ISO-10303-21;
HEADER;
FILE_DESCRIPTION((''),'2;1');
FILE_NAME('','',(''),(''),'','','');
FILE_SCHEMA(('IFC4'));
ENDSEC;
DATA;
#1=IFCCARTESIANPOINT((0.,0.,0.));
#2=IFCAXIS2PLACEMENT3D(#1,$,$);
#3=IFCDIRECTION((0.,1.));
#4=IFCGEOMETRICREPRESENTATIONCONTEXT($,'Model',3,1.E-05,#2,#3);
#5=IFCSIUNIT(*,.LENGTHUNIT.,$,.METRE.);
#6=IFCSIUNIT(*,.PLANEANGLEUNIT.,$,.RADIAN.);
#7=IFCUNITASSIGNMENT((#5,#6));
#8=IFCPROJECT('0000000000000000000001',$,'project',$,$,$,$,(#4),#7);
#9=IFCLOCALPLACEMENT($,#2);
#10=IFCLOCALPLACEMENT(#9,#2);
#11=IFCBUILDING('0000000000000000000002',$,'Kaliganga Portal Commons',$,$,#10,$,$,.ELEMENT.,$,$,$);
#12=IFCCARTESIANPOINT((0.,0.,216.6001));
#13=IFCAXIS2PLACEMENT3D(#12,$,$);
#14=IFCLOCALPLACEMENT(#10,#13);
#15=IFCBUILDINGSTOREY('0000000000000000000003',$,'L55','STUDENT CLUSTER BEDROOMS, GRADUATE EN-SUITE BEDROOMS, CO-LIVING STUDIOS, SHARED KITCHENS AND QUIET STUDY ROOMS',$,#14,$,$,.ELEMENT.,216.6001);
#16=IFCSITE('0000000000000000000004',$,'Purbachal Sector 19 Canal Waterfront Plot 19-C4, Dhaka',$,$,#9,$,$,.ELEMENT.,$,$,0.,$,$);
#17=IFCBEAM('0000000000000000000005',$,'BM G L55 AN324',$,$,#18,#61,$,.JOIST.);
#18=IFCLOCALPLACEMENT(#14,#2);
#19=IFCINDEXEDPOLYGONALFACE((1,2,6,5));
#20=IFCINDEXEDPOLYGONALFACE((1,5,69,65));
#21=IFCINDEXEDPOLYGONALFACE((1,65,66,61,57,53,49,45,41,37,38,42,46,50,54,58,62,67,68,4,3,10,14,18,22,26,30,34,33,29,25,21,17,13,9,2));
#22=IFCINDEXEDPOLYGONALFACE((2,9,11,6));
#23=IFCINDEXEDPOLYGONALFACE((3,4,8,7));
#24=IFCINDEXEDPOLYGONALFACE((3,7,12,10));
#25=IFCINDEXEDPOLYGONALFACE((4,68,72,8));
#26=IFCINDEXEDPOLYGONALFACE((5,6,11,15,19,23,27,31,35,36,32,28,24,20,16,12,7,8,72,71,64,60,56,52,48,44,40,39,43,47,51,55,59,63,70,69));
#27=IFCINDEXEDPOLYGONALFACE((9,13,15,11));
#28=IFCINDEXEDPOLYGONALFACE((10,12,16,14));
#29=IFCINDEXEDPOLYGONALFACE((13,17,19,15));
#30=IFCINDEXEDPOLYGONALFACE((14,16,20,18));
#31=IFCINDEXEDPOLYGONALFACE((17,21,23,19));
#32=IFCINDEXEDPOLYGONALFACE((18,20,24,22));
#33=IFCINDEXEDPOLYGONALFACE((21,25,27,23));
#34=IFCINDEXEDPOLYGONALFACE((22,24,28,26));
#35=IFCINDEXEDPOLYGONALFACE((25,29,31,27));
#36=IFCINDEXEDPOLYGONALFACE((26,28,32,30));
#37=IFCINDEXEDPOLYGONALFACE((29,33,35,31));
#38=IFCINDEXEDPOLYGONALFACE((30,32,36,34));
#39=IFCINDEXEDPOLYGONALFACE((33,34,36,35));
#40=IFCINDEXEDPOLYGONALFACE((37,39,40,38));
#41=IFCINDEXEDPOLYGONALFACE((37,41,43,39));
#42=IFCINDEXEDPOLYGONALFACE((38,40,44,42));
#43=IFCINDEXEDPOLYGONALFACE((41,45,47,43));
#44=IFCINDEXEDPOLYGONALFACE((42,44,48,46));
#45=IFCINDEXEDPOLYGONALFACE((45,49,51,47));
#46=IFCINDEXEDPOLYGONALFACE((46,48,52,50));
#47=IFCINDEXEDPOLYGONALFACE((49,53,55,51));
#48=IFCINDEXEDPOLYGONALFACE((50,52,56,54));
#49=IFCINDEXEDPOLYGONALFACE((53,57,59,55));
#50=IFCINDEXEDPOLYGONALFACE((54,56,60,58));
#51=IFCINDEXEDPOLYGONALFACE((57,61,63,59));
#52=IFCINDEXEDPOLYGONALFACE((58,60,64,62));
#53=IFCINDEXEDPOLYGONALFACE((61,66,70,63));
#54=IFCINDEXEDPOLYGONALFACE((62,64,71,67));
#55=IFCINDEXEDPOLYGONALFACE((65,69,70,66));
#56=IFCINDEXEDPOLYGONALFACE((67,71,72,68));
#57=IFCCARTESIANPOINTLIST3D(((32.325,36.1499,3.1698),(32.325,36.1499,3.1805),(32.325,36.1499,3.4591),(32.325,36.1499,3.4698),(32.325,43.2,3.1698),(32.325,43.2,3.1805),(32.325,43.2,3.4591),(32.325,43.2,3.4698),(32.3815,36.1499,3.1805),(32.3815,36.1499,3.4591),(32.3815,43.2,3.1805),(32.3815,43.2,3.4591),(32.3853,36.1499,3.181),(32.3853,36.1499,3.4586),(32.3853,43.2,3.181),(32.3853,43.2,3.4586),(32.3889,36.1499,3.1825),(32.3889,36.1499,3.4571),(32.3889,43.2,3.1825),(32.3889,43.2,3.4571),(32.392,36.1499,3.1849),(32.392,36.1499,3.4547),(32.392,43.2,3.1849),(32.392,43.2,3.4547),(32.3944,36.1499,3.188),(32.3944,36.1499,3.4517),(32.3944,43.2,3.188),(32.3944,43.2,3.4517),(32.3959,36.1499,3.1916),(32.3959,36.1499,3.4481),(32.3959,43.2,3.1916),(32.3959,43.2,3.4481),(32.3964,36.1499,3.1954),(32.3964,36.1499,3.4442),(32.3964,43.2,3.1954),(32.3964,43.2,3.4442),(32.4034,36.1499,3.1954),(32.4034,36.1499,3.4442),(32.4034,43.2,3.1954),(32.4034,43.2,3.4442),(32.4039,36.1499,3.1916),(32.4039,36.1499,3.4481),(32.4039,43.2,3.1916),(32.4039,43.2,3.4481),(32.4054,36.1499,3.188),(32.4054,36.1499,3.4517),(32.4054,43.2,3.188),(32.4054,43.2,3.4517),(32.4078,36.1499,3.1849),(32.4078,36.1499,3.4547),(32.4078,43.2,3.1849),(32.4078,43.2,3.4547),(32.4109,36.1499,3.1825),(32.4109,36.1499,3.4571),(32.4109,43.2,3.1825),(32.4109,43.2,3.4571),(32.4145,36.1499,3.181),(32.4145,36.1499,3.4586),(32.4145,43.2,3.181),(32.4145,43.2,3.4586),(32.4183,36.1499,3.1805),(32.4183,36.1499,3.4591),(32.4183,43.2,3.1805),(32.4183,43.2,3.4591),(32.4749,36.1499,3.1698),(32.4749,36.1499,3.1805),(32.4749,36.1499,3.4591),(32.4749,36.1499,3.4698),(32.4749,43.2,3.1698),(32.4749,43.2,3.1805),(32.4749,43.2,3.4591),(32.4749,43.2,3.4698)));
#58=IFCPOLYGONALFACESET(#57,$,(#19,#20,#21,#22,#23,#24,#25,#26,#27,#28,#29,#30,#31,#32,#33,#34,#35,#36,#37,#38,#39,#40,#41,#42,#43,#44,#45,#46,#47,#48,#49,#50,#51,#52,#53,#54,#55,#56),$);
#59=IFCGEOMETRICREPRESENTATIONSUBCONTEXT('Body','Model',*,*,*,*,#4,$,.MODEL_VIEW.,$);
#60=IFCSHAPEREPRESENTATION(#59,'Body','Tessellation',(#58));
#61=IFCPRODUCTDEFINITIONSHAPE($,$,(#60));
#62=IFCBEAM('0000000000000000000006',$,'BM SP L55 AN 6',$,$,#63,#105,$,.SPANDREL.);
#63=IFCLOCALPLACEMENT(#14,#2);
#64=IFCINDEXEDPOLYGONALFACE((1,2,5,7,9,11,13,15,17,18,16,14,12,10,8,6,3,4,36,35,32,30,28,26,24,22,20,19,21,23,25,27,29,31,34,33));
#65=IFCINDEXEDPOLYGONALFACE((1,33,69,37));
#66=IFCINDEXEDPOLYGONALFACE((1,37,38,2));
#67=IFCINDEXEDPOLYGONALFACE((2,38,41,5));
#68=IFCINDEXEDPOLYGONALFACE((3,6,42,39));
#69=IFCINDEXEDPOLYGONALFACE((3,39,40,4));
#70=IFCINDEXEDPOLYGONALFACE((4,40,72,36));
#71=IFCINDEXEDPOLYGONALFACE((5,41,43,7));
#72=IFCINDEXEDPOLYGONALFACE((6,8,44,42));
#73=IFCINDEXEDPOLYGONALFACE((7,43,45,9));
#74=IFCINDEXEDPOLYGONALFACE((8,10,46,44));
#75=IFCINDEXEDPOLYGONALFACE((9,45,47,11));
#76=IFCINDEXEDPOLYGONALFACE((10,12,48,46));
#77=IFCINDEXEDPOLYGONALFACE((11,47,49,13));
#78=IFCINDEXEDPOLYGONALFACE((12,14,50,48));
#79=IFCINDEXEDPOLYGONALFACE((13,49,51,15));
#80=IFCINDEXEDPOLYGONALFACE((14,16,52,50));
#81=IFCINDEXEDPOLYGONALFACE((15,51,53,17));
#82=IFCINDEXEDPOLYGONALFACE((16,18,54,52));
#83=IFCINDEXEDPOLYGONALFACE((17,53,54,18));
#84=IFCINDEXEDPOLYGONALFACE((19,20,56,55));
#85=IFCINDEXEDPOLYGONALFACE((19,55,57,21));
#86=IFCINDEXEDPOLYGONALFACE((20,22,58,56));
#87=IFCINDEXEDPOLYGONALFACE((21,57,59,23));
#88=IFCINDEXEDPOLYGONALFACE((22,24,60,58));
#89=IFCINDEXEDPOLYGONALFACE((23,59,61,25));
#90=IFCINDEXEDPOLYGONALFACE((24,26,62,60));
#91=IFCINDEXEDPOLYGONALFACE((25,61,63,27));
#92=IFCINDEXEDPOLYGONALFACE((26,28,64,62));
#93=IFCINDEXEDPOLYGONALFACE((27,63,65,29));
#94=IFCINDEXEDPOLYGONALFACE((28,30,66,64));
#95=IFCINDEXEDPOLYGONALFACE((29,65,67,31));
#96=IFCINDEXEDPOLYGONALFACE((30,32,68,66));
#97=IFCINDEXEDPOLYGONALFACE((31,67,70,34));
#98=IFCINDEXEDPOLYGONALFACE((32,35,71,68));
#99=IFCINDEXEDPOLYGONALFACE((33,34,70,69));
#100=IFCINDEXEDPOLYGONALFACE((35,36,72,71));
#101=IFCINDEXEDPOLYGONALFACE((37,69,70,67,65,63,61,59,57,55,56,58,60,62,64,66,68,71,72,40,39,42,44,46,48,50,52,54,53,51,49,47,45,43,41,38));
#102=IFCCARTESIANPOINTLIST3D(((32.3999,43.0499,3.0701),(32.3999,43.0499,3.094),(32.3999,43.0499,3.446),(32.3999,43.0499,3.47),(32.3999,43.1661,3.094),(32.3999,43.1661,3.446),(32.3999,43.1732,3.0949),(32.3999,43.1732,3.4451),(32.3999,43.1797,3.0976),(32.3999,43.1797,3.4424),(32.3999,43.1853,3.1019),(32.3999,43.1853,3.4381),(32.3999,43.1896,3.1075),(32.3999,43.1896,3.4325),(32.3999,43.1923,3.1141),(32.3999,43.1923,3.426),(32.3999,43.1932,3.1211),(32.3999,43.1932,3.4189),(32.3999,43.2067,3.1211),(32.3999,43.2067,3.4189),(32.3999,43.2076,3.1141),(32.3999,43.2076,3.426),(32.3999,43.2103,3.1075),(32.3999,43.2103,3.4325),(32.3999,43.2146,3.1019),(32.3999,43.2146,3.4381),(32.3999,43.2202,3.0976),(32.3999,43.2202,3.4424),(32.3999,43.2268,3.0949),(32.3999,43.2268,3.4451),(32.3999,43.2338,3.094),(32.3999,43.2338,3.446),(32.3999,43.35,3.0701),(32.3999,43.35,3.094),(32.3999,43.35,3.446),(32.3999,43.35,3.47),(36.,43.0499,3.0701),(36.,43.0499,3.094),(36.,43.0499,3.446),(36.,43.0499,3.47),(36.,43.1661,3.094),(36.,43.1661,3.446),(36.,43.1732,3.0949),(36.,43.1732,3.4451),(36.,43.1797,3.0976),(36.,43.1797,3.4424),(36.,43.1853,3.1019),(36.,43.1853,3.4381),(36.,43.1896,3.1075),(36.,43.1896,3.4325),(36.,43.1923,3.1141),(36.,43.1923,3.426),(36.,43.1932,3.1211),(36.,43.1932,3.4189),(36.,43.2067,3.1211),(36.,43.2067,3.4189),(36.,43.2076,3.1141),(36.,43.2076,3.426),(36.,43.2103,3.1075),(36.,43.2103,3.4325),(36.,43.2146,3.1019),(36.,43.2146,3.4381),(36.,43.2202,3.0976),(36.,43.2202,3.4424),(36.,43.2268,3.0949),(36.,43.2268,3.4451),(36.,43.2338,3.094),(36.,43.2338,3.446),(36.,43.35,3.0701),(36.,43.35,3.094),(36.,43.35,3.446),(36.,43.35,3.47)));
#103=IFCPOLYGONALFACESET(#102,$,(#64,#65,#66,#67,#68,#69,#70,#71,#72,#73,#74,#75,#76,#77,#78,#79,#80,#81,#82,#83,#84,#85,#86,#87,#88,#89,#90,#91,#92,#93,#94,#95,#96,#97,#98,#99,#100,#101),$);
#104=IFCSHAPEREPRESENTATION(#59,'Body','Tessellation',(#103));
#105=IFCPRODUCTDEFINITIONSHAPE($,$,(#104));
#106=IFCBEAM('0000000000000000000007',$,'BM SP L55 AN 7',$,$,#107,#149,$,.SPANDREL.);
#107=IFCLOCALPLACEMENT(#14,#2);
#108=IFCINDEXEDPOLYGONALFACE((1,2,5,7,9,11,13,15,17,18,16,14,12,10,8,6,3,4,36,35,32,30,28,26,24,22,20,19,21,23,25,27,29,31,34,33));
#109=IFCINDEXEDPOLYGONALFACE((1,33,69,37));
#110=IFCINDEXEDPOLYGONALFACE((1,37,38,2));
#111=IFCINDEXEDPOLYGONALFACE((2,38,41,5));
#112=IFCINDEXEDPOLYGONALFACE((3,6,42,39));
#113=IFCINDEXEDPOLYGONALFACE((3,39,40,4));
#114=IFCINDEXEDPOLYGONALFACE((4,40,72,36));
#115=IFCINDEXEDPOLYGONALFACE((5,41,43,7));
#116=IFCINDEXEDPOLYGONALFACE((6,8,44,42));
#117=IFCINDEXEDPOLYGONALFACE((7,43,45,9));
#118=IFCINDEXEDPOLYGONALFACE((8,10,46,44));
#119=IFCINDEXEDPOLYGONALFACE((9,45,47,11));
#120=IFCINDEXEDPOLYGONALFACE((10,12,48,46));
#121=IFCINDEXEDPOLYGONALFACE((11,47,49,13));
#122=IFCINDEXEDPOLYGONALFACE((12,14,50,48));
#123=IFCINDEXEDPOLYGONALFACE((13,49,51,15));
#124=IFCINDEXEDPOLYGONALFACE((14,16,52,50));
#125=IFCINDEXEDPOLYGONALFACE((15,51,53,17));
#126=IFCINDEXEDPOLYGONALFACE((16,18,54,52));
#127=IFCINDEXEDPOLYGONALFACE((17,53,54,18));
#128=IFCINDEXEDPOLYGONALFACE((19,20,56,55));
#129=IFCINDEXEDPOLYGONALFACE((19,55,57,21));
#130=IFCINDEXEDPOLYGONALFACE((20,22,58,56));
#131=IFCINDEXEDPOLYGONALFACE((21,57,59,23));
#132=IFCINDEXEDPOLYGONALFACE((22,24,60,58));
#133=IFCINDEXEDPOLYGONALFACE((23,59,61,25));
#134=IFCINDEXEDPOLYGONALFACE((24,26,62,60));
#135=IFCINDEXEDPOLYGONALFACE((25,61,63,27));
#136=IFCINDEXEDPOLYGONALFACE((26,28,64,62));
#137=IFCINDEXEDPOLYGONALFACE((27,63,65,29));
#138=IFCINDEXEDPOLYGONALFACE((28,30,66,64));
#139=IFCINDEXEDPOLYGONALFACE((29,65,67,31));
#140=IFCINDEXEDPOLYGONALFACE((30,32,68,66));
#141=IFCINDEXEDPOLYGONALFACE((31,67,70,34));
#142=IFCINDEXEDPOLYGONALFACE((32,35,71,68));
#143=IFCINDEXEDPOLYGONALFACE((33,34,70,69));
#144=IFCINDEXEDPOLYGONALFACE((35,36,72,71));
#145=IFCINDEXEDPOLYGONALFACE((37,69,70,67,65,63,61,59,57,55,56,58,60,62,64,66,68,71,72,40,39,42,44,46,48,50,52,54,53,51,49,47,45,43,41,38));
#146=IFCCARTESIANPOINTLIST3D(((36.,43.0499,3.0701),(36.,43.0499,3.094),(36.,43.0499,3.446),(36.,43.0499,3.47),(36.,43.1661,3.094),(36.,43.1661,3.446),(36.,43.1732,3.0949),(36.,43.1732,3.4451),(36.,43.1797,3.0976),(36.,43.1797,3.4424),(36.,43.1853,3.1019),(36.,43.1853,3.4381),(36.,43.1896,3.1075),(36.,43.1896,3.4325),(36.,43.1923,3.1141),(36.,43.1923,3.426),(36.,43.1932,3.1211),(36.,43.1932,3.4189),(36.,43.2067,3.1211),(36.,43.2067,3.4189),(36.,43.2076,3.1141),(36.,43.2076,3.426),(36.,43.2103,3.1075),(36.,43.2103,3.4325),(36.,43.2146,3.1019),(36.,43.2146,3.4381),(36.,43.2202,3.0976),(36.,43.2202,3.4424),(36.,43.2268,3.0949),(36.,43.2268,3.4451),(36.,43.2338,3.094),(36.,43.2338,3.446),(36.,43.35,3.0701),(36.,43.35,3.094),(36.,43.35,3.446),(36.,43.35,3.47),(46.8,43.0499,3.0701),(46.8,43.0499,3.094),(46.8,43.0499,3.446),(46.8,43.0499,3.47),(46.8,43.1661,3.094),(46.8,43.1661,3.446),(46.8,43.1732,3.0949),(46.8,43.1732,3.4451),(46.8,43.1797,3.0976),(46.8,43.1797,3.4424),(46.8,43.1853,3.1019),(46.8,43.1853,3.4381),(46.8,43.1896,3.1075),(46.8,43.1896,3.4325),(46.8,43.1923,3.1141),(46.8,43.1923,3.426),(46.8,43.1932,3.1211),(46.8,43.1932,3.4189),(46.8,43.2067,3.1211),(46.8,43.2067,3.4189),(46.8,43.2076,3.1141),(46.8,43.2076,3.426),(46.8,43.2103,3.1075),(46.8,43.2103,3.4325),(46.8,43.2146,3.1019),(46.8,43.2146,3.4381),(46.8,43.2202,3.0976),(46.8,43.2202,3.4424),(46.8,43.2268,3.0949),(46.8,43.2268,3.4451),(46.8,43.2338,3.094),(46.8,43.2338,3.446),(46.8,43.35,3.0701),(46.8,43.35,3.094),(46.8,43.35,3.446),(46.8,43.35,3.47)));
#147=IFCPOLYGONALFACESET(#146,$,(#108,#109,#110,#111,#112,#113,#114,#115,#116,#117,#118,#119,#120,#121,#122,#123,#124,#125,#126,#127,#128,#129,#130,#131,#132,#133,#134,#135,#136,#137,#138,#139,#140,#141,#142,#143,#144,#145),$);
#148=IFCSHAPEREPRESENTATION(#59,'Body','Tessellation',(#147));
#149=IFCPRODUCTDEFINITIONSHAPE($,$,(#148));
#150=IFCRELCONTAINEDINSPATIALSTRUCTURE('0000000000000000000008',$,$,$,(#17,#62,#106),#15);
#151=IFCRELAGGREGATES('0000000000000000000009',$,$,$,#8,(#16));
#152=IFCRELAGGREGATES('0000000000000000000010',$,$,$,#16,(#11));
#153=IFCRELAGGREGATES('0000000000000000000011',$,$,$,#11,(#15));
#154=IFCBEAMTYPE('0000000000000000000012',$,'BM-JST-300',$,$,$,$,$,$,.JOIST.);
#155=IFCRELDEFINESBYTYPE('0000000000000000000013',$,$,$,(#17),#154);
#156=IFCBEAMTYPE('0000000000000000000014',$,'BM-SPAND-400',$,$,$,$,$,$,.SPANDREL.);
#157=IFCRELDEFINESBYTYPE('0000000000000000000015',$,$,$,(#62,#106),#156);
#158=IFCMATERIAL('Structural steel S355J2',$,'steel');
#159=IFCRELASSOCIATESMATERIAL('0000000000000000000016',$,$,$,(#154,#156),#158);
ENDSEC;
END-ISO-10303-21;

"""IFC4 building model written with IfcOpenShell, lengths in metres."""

from ifc_helpers import new_model, si_unit, direction, frame, origin, origin_2d, place, context, subcontext, project, spatial, i_section, extrude, source, transform, mapped, material, material_profile, profile_set, type_object, element, save


model = new_model("IFC4")

# Units and contexts
model_context = context("Model", 3, precision=1e-05, world=origin(), true_north=direction((0.0, 1.0)))
body_context = subcontext(model_context, "Body", "Model", "MODEL_VIEW")
ifc_project = project(units=[si_unit("LENGTHUNIT", "METRE"), si_unit("PLANEANGLEUNIT", "RADIAN")], contexts=[model_context])

# Site, building, storey
site_placement = place(None, origin())
site = spatial("IfcSite", under=ifc_project, at=site_placement, Name="Purbachal Sector 19 Canal Waterfront Plot 19-C4, Dhaka", CompositionType="ELEMENT", RefElevation=0.0)
building_placement = place(site_placement, origin())
building = spatial("IfcBuilding", under=site, at=building_placement, Name="Kaliganga Portal Commons", CompositionType="ELEMENT")
storey_placement = place(building_placement, frame((0.0, 0.0, 216.6001)))
storey = spatial("IfcBuildingStorey", under=building, at=storey_placement, Name="L55", Description="STUDENT CLUSTER BEDROOMS, GRADUATE EN-SUITE BEDROOMS, CO-LIVING STUDIOS, SHARED KITCHENS AND QUIET STUDY ROOMS", CompositionType="ELEMENT", Elevation=216.6001)

# Shared definitions
ifc_material_1 = material(Name="Structural steel S355J2", Category="steel")

# Beams
ifc_material_profile_1 = material_profile(ifc_material_1, i_section(OverallWidth=0.1499, OverallDepth=0.3, WebThickness=0.0071, FlangeThickness=0.0107, FilletRadius=0.0149, at=origin_2d()), Name="IPE 300")
ifc_profile_set_1 = profile_set([ifc_material_profile_1], Name="Structural steel S355J2 wide-flange")
beam_type_1 = type_object("IfcBeamType", Name="BM-JST-300", PredefinedType="JOIST", material=ifc_profile_set_1)
shared_shape_1 = source(origin(), body_context, "Body", "SweptSolid", [
    extrude(i_section(OverallWidth=0.1499, OverallDepth=0.3, WebThickness=0.0071, FlangeThickness=0.0107, FilletRadius=0.0149, at=origin_2d()), origin(), (0.0, 0.0, 1.0), 7.05),
])
beam_1_placement = place(storey_placement, frame((32.3999, 36.1499, 3.3198), z_axis=(0.0, 1.0, 0.0), x_axis=(-1.0, 0.0, 0.0)))
element("IfcBeam", 1, at=beam_1_placement, inside=storey, type_object=beam_type_1, Name="BM G L55 AN324", PredefinedType="JOIST", context=body_context, shape_type="MappedRepresentation", body=[
    mapped(shared_shape_1, transform((0.0, 0.0, 0.0), x_axis=(1.0, 0.0, 0.0), y_axis=(0.0, 1.0, 0.0), z_axis=(0.0, 0.0, 1.0), scale=1.0)),
])
ifc_material_profile_2 = material_profile(ifc_material_1, i_section(OverallWidth=0.3, OverallDepth=0.3999, WebThickness=0.0134, FlangeThickness=0.0239, FilletRadius=0.0271, at=origin_2d()), Name="HE 400 B")
ifc_profile_set_2 = profile_set([ifc_material_profile_2], Name="Structural steel S355J2 wide-flange")
beam_type_2 = type_object("IfcBeamType", Name="BM-SPAND-400", PredefinedType="SPANDREL", material=ifc_profile_set_2)
shared_shape_2 = source(origin(), body_context, "Body", "SweptSolid", [
    extrude(i_section(OverallWidth=0.3, OverallDepth=0.3999, WebThickness=0.0134, FlangeThickness=0.0239, FilletRadius=0.0271, at=origin_2d()), origin(), (0.0, 0.0, 1.0), 3.6001),
])
beam_2_placement = place(storey_placement, frame((32.3999, 43.2, 3.27), z_axis=(1.0, 0.0, 0.0), x_axis=(0.0, 1.0, 0.0)))
element("IfcBeam", 2, at=beam_2_placement, inside=storey, type_object=beam_type_2, Name="BM SP L55 AN 6", PredefinedType="SPANDREL", context=body_context, shape_type="MappedRepresentation", body=[
    mapped(shared_shape_2, transform((0.0, 0.0, 0.0), x_axis=(1.0, 0.0, 0.0), y_axis=(0.0, 1.0, 0.0), z_axis=(0.0, 0.0, 1.0), scale=1.0)),
])
shared_shape_3 = source(origin(), body_context, "Body", "SweptSolid", [
    extrude(i_section(OverallWidth=0.3, OverallDepth=0.3999, WebThickness=0.0134, FlangeThickness=0.0239, FilletRadius=0.0271, at=origin_2d()), origin(), (0.0, 0.0, 1.0), 10.8),
])
beam_3_placement = place(storey_placement, frame((36.0, 43.2, 3.27), z_axis=(1.0, 0.0, 0.0), x_axis=(0.0, 1.0, 0.0)))
element("IfcBeam", 3, at=beam_3_placement, inside=storey, type_object=beam_type_2, Name="BM SP L55 AN 7", PredefinedType="SPANDREL", context=body_context, shape_type="MappedRepresentation", body=[
    mapped(shared_shape_3, transform((0.0, 0.0, 0.0), x_axis=(1.0, 0.0, 0.0), y_axis=(0.0, 1.0, 0.0), z_axis=(0.0, 0.0, 1.0), scale=1.0)),
])

save(model, "model.ifc")
